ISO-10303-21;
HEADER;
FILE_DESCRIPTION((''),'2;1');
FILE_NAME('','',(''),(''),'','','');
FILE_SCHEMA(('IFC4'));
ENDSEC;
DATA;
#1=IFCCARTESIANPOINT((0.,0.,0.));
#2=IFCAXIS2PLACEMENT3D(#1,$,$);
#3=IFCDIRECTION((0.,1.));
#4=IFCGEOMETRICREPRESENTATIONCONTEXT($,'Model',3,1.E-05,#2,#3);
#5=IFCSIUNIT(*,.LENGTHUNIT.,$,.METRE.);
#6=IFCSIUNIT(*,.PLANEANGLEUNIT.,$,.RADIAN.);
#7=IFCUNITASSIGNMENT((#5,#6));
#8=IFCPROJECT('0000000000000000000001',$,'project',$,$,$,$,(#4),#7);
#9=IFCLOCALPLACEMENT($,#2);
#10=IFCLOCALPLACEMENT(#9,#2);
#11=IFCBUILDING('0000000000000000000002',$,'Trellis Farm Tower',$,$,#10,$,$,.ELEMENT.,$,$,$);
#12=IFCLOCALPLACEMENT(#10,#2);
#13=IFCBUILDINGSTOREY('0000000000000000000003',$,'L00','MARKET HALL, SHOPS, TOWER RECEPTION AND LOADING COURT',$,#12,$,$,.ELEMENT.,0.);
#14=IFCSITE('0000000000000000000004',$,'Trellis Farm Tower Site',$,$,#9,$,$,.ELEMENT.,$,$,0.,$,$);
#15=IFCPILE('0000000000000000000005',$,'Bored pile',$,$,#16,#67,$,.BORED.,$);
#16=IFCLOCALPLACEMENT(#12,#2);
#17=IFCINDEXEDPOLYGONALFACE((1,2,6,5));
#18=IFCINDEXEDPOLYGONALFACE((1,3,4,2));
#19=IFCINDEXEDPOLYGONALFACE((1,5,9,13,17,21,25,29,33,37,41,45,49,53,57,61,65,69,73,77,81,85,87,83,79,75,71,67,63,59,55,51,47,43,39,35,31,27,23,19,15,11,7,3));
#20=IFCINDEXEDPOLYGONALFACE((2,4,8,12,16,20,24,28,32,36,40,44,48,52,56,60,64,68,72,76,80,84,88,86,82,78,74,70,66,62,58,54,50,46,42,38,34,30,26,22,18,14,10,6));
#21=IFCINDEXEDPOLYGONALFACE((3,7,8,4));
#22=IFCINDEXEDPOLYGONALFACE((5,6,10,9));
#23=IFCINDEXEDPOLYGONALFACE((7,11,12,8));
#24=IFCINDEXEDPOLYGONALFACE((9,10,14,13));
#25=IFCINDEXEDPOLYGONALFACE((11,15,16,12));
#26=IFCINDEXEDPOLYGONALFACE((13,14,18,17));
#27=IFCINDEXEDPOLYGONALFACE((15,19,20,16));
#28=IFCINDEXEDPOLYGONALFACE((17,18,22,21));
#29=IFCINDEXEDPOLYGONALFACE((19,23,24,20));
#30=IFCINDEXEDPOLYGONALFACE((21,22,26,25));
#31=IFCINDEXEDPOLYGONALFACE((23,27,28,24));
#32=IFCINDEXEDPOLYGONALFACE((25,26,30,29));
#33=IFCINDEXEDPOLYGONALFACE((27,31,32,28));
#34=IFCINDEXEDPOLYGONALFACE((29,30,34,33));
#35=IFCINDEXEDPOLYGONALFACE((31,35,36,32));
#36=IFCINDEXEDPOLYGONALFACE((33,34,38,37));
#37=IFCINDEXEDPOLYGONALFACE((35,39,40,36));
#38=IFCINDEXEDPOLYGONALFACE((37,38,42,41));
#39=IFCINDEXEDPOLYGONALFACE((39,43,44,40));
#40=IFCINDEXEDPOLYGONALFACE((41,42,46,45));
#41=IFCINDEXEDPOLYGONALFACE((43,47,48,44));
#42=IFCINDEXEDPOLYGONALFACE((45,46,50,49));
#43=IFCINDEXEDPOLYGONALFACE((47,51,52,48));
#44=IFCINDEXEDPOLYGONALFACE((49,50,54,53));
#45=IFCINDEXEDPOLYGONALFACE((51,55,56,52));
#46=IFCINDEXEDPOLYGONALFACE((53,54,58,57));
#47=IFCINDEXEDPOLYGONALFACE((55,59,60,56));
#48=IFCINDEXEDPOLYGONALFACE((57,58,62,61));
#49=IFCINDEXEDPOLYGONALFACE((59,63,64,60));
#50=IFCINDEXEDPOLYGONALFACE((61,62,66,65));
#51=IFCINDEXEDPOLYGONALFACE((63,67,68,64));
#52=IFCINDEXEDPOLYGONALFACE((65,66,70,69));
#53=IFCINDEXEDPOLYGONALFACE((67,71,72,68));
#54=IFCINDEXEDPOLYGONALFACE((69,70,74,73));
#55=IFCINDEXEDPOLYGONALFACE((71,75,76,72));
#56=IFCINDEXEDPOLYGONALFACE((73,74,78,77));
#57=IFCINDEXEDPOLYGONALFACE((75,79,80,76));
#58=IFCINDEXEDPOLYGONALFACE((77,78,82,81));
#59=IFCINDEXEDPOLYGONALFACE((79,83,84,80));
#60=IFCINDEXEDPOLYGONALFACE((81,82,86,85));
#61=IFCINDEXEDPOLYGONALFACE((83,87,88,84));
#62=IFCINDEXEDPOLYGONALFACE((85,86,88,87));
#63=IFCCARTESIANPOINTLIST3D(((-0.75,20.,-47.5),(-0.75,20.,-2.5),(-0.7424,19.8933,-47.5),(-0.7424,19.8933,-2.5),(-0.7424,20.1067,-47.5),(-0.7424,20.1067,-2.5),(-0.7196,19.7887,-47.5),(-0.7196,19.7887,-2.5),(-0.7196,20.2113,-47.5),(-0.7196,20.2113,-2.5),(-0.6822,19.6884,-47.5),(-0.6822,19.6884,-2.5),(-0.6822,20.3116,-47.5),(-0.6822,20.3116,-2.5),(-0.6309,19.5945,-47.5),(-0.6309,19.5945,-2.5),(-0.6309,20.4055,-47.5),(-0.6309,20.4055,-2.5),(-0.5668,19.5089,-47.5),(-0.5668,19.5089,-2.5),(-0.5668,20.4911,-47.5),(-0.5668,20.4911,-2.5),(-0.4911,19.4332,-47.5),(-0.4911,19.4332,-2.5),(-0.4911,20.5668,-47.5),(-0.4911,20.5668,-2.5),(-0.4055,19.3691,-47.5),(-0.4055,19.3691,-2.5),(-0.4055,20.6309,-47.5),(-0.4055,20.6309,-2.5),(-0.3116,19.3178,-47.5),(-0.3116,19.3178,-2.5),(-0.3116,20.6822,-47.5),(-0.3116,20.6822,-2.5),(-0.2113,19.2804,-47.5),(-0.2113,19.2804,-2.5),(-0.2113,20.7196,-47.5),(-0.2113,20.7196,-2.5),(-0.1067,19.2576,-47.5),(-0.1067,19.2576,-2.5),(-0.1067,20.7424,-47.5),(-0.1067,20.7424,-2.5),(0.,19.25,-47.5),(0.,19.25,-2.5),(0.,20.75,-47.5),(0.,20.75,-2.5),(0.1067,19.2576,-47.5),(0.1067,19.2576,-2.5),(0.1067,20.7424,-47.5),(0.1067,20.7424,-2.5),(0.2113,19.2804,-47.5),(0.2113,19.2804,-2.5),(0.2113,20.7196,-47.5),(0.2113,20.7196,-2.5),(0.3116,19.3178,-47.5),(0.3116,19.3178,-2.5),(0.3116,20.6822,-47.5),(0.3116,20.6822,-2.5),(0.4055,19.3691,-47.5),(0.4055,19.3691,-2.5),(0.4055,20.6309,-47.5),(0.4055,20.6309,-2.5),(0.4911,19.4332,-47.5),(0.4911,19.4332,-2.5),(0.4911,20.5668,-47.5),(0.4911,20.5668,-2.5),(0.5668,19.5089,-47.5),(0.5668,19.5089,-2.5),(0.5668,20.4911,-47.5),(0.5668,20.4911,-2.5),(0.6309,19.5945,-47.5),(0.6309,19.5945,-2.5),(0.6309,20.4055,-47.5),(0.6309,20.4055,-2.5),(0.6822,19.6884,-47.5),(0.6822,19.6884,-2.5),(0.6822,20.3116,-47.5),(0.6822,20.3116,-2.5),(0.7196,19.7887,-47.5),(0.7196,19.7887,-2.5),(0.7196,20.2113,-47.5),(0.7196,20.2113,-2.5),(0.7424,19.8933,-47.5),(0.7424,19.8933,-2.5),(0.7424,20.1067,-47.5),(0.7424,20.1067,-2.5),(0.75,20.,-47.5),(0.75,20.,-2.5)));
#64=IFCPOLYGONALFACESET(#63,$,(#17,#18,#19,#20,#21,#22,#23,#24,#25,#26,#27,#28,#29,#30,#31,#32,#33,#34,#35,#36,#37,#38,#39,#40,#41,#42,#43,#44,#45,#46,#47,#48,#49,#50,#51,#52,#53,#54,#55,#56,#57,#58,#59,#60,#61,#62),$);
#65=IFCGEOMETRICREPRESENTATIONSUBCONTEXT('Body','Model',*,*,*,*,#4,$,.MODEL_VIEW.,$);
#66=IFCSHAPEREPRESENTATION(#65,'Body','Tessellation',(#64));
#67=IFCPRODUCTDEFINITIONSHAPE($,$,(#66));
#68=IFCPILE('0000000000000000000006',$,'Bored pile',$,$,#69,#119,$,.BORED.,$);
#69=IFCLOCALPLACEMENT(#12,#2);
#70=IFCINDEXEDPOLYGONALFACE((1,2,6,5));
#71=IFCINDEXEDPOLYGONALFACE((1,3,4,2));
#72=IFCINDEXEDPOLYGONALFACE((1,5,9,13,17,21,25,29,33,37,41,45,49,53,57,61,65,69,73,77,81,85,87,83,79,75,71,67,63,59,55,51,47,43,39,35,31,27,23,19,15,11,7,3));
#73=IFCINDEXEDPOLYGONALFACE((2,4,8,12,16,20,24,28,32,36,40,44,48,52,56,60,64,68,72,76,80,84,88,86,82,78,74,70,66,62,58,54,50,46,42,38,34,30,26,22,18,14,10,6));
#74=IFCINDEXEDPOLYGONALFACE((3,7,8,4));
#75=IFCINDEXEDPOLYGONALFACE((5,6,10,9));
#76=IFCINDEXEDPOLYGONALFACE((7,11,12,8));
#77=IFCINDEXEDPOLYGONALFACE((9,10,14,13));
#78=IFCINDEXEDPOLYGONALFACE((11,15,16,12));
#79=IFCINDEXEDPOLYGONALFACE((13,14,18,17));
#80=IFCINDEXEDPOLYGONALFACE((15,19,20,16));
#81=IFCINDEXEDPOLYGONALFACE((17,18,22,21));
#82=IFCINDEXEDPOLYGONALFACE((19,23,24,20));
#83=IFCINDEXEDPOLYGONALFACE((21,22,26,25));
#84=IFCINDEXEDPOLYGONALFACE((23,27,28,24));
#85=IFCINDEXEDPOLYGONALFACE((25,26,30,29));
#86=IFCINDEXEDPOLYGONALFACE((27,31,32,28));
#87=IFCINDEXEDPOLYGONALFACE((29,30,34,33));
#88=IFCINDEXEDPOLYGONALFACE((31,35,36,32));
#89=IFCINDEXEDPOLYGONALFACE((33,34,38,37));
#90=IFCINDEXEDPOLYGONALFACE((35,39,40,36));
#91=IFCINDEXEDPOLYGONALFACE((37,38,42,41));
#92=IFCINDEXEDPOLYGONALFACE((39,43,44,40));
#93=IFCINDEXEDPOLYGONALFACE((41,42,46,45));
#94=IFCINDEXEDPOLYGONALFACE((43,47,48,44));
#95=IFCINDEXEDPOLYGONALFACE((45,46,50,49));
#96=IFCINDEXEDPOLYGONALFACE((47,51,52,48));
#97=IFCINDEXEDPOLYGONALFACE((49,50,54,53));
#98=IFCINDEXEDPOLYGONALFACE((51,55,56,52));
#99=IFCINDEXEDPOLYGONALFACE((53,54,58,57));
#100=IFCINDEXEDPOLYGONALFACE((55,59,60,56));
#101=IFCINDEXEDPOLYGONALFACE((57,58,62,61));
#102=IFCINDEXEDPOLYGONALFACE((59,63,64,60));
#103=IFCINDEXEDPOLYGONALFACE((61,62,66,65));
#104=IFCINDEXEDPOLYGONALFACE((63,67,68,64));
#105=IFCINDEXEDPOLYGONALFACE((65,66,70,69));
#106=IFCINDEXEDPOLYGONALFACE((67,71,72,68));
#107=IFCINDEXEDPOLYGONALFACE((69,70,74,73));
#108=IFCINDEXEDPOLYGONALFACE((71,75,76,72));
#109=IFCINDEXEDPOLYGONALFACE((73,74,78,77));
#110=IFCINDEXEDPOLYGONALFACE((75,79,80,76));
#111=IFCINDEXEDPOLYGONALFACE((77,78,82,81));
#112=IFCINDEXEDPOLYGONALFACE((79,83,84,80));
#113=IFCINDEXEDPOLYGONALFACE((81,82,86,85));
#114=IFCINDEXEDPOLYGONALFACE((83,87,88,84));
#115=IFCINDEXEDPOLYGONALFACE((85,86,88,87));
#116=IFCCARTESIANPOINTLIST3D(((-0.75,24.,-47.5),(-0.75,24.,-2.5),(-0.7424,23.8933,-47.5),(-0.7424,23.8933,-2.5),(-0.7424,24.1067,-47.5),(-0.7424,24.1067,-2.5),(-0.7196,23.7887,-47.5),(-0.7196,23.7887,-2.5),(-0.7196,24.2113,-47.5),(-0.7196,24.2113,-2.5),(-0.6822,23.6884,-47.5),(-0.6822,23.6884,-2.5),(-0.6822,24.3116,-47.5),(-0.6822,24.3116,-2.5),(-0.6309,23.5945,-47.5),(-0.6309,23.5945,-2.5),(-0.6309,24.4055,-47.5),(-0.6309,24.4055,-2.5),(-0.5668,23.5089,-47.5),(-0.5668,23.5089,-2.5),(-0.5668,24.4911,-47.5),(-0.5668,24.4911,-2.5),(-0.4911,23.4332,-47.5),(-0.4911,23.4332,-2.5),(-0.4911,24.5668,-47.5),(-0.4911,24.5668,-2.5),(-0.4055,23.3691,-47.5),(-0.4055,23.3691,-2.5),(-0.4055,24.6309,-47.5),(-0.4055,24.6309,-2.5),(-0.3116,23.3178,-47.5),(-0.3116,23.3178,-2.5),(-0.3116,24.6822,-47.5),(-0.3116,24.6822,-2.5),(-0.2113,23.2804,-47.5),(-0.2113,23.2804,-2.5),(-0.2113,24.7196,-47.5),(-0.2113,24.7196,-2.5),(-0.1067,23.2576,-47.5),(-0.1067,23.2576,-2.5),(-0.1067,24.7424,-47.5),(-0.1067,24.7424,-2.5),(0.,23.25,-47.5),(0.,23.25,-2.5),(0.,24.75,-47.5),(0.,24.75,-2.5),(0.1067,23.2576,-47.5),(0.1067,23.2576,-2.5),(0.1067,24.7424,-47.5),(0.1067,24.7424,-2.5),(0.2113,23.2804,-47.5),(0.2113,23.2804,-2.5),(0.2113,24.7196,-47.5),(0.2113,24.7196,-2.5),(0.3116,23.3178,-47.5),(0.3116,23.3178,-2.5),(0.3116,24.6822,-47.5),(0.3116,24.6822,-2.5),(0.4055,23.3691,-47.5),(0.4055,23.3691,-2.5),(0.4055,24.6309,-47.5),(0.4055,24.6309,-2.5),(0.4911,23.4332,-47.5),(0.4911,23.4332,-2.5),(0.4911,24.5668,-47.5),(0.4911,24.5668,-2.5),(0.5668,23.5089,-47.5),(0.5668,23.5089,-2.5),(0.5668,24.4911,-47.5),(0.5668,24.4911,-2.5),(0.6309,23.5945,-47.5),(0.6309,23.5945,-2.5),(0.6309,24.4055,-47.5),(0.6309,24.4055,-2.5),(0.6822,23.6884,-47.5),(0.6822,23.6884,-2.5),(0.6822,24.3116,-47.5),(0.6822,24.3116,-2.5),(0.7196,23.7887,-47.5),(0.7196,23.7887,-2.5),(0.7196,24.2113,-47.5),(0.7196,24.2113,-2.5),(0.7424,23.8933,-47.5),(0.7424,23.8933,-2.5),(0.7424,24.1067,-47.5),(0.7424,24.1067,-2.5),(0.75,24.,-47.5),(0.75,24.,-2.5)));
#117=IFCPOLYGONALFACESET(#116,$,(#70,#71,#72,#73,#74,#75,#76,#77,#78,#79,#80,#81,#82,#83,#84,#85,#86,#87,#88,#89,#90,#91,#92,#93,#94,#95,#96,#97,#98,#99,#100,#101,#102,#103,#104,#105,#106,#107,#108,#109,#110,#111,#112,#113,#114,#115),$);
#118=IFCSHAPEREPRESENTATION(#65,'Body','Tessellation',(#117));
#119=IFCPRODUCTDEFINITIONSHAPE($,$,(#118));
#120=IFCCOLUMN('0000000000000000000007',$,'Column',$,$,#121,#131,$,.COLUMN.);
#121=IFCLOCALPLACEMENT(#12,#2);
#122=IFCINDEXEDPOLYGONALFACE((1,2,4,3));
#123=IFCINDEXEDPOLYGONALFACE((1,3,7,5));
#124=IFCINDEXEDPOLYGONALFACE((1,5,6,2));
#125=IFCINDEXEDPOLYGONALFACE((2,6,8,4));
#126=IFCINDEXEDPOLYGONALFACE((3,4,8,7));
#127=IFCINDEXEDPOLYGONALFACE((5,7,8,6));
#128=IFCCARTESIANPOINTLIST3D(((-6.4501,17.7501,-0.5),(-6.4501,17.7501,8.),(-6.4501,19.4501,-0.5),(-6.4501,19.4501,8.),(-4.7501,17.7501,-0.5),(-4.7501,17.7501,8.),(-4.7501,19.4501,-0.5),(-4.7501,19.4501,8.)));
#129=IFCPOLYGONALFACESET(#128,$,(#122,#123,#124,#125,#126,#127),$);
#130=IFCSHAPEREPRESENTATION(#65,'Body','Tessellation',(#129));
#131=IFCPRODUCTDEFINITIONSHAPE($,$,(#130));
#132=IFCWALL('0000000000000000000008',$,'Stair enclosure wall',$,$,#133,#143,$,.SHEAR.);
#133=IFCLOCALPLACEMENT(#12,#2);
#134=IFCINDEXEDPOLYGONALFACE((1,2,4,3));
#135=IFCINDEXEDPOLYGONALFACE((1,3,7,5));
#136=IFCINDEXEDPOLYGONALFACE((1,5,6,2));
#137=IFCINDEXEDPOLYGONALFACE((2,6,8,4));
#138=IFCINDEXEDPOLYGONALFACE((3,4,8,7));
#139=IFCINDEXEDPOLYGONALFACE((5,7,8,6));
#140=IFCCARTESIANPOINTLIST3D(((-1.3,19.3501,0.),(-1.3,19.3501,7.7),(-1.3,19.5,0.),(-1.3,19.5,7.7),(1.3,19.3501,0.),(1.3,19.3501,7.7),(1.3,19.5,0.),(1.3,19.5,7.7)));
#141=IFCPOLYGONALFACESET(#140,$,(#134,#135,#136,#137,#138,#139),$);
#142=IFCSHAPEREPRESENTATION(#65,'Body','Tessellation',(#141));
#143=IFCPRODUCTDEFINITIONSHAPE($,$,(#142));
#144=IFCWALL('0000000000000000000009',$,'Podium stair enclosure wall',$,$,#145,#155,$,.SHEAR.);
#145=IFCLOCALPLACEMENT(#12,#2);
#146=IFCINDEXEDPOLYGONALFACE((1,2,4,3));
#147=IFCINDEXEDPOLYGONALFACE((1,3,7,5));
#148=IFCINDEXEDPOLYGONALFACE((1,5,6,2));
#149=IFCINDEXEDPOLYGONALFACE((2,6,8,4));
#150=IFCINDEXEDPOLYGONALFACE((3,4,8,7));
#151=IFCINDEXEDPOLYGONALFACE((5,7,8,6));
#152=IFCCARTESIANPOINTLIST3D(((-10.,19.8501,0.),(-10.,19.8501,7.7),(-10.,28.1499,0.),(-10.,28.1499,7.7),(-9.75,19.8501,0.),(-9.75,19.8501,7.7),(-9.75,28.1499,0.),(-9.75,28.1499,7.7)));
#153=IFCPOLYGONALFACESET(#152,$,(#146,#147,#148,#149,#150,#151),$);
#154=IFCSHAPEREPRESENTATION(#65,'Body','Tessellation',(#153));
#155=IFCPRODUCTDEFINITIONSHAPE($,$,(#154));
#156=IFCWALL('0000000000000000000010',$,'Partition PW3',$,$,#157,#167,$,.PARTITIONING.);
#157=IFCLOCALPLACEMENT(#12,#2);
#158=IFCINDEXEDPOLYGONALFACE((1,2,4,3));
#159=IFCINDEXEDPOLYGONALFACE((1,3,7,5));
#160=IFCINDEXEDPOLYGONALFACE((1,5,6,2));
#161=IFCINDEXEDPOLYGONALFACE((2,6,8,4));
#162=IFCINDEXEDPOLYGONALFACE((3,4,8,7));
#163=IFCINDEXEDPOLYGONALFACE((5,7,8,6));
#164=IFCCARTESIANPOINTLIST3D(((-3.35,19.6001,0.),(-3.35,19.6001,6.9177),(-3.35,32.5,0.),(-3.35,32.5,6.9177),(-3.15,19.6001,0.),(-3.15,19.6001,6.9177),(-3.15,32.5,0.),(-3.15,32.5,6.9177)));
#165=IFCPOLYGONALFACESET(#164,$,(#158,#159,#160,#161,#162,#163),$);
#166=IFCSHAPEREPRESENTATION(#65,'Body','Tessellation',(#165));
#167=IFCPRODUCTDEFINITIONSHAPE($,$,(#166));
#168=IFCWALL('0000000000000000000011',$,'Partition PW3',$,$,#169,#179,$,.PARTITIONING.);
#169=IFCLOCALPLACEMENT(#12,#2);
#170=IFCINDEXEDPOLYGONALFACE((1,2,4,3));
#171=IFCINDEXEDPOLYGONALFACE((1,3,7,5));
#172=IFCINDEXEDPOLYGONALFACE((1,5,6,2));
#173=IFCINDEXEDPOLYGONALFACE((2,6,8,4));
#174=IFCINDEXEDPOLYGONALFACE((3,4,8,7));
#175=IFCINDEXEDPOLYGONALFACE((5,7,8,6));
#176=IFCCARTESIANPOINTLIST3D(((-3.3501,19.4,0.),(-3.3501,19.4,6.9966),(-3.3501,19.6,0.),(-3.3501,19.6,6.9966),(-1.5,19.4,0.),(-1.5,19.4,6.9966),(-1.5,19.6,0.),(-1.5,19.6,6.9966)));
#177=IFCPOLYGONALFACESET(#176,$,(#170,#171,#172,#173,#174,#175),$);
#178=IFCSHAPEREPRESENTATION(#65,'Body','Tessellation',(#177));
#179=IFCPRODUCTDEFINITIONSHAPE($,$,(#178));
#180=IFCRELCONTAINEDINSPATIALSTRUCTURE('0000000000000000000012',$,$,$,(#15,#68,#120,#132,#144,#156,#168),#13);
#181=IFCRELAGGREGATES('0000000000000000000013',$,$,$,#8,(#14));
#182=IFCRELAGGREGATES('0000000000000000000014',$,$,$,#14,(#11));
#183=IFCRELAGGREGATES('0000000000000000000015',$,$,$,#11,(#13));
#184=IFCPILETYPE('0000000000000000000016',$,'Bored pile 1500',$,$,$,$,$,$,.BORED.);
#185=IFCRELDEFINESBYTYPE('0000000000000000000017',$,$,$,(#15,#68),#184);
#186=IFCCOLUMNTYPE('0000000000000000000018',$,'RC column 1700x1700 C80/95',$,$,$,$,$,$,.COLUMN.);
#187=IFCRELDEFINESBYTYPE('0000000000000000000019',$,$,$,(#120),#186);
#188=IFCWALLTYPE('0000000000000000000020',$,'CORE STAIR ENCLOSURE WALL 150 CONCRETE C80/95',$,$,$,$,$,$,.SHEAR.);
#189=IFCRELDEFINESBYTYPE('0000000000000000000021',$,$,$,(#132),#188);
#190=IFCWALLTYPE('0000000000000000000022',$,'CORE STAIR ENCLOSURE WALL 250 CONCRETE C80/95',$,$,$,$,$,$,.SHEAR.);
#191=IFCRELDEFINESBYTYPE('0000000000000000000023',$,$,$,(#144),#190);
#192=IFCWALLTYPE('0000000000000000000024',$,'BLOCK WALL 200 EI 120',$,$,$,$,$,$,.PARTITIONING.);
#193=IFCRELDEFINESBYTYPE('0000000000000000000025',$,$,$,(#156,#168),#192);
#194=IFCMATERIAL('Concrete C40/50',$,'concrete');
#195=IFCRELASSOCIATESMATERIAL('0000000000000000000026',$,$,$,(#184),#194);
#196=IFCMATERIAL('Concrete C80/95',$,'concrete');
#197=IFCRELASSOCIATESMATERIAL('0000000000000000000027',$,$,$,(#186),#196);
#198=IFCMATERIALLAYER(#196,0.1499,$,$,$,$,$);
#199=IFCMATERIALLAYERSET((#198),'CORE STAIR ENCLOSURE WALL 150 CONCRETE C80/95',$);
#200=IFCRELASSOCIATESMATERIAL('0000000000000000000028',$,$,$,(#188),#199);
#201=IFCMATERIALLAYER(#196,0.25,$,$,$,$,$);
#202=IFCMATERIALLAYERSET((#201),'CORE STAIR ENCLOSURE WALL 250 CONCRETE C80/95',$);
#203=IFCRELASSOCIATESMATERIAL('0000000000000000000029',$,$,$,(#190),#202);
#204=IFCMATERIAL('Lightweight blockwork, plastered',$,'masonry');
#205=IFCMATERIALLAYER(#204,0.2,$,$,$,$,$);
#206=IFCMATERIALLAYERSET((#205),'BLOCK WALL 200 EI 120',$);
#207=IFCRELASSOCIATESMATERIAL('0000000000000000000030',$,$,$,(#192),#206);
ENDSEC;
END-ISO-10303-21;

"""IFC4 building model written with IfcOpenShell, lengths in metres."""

from ifc_helpers import new_model, si_unit, direction, frame, frame_2d, origin, origin_2d, place, context, subcontext, project, spatial, rectangle, circle, extrude, source, transform, mapped, material, layer, layer_set, material_profile, profile_set, type_object, element, save


model = new_model("IFC4")

# Units and contexts
model_context = context("Model", 3, precision=1e-05, world=origin(), true_north=direction((0.0, 1.0)))
body_context = subcontext(model_context, "Body", "Model", "MODEL_VIEW")
ifc_project = project(units=[si_unit("LENGTHUNIT", "METRE"), si_unit("PLANEANGLEUNIT", "RADIAN")], contexts=[model_context])

# Site, building, storey
site_placement = place(None, origin())
site = spatial("IfcSite", under=ifc_project, at=site_placement, Name="Trellis Farm Tower Site", CompositionType="ELEMENT", RefElevation=0.0)
building_placement = place(site_placement, origin())
building = spatial("IfcBuilding", under=site, at=building_placement, Name="Trellis Farm Tower", CompositionType="ELEMENT")
storey_placement = place(building_placement, origin())
storey = spatial("IfcBuildingStorey", under=building, at=storey_placement, Name="L00", Description="MARKET HALL, SHOPS, TOWER RECEPTION AND LOADING COURT", CompositionType="ELEMENT", Elevation=0.0)

# Piles
ifc_material_1 = material(Name="Concrete C40/50", Category="concrete")
ifc_material_profile_1 = material_profile(ifc_material_1, circle(Radius=0.75, at=origin_2d()), Name="Bored pile 1500")
ifc_profile_set_1 = profile_set([ifc_material_profile_1], Name="Concrete C40/50")
pile_type = type_object("IfcPileType", Name="Bored pile 1500", PredefinedType="BORED", material=ifc_profile_set_1)
shared_shape_1 = source(origin(), body_context, "Body", "SweptSolid", [
    extrude(circle(Radius=0.75, at=origin_2d()), origin(), (0.0, 0.0, 1.0), 45.0),
])
for number, where, z_axis, x_axis, name in (
    (1, (0.0, 20.0, -2.5), (0.0, 0.0, -1.0), (1.0, 0.0, 0.0), "Bored pile"),
    (2, (0.0, 24.0, -2.5), (0.0, 0.0, -1.0), (1.0, 0.0, 0.0), "Bored pile"),
):
    element("IfcPile", number, at=place(storey_placement, frame(where, z_axis=z_axis, x_axis=x_axis)), inside=storey, type_object=pile_type, Name=name, PredefinedType="BORED", context=body_context, shape_type="MappedRepresentation", body=[
        mapped(shared_shape_1, transform((0.0, 0.0, 0.0))),
    ])

# Column
ifc_material_2 = material(Name="Concrete C80/95", Category="concrete")
ifc_material_profile_2 = material_profile(ifc_material_2, rectangle(XDim=1.7, YDim=1.7, at=origin_2d()), Name="RC column 1700x1700 C80/95")
ifc_profile_set_2 = profile_set([ifc_material_profile_2], Name="Concrete C80/95")
column_type = type_object("IfcColumnType", Name="RC column 1700x1700 C80/95", PredefinedType="COLUMN", material=ifc_profile_set_2)
shared_shape_2 = source(origin(), body_context, "Body", "SweptSolid", [
    extrude(rectangle(XDim=1.7, YDim=1.7, at=origin_2d()), origin(), (0.0, 0.0, 1.0), 8.5),
])
column_placement = place(storey_placement, frame((-5.6001, 18.6001, -0.5), z_axis=(0.0, 0.0, 1.0), x_axis=(1.0, 0.0, 0.0)))
element("IfcColumn", 3, at=column_placement, inside=storey, type_object=column_type, Name="Column", PredefinedType="COLUMN", context=body_context, shape_type="MappedRepresentation", body=[
    mapped(shared_shape_2, transform((0.0, 0.0, 0.0))),
])

# Walls
ifc_layer_1 = layer(ifc_material_2, 0.1499)
ifc_layer_set_1 = layer_set([ifc_layer_1], Name="CORE STAIR ENCLOSURE WALL 150 CONCRETE C80/95")
wall_type_1 = type_object("IfcWallType", Name="CORE STAIR ENCLOSURE WALL 150 CONCRETE C80/95", PredefinedType="SHEAR", material=ifc_layer_set_1)
shared_shape_3 = source(origin(), body_context, "Body", "SweptSolid", [
    extrude(rectangle(XDim=2.6001, YDim=0.1499, at=frame_2d((1.3, 0.0))), origin(), (0.0, 0.0, 1.0), 7.7),
])
wall_1_placement = place(storey_placement, frame((-1.3, 19.425, 0.0), z_axis=(0.0, 0.0, 1.0), x_axis=(1.0, 0.0, 0.0)))
element("IfcWall", 4, at=wall_1_placement, inside=storey, type_object=wall_type_1, Name="Stair enclosure wall", PredefinedType="SHEAR", context=body_context, shape_type="MappedRepresentation", body=[
    mapped(shared_shape_3, transform((0.0, 0.0, 0.0))),
])
ifc_layer_2 = layer(ifc_material_2, 0.25)
ifc_layer_set_2 = layer_set([ifc_layer_2], Name="CORE STAIR ENCLOSURE WALL 250 CONCRETE C80/95")
wall_type_2 = type_object("IfcWallType", Name="CORE STAIR ENCLOSURE WALL 250 CONCRETE C80/95", PredefinedType="SHEAR", material=ifc_layer_set_2)
shared_shape_4 = source(origin(), body_context, "Body", "SweptSolid", [
    extrude(rectangle(XDim=8.2998, YDim=0.25, at=frame_2d((4.1499, 0.0))), origin(), (0.0, 0.0, 1.0), 7.7),
])
wall_2_placement = place(storey_placement, frame((-9.875, 19.8501, 0.0), z_axis=(0.0, 0.0, 1.0), x_axis=(0.0, 1.0, 0.0)))
element("IfcWall", 5, at=wall_2_placement, inside=storey, type_object=wall_type_2, Name="Podium stair enclosure wall", PredefinedType="SHEAR", context=body_context, shape_type="MappedRepresentation", body=[
    mapped(shared_shape_4, transform((0.0, 0.0, 0.0))),
])
ifc_material_3 = material(Name="Lightweight blockwork, plastered", Category="masonry")
ifc_layer_3 = layer(ifc_material_3, 0.2)
ifc_layer_set_3 = layer_set([ifc_layer_3], Name="BLOCK WALL 200 EI 120")
wall_type_3 = type_object("IfcWallType", Name="BLOCK WALL 200 EI 120", PredefinedType="PARTITIONING", material=ifc_layer_set_3)
shared_shape_5 = source(origin(), body_context, "Body", "SweptSolid", [
    extrude(rectangle(XDim=12.8999, YDim=0.2, at=frame_2d((6.45, 0.0))), origin(), (0.0, 0.0, 1.0), 6.9177),
])
wall_3_placement = place(storey_placement, frame((-3.25, 19.6001, 0.0), z_axis=(0.0, 0.0, 1.0), x_axis=(0.0, 1.0, 0.0)))
element("IfcWall", 6, at=wall_3_placement, inside=storey, type_object=wall_type_3, Name="Partition PW3", PredefinedType="PARTITIONING", context=body_context, shape_type="MappedRepresentation", body=[
    mapped(shared_shape_5, transform((0.0, 0.0, 0.0))),
])
shared_shape_6 = source(origin(), body_context, "Body", "SweptSolid", [
    extrude(rectangle(XDim=1.8501, YDim=0.2, at=frame_2d((0.925, 0.0))), origin(), (0.0, 0.0, 1.0), 6.9966),
])
wall_4_placement = place(storey_placement, frame((-1.5, 19.5, 0.0), z_axis=(0.0, 0.0, 1.0), x_axis=(-1.0, 0.0, 0.0)))
element("IfcWall", 7, at=wall_4_placement, inside=storey, type_object=wall_type_3, Name="Partition PW3", PredefinedType="PARTITIONING", context=body_context, shape_type="MappedRepresentation", body=[
    mapped(shared_shape_6, transform((0.0, 0.0, 0.0))),
])

save(model, "model.ifc")
